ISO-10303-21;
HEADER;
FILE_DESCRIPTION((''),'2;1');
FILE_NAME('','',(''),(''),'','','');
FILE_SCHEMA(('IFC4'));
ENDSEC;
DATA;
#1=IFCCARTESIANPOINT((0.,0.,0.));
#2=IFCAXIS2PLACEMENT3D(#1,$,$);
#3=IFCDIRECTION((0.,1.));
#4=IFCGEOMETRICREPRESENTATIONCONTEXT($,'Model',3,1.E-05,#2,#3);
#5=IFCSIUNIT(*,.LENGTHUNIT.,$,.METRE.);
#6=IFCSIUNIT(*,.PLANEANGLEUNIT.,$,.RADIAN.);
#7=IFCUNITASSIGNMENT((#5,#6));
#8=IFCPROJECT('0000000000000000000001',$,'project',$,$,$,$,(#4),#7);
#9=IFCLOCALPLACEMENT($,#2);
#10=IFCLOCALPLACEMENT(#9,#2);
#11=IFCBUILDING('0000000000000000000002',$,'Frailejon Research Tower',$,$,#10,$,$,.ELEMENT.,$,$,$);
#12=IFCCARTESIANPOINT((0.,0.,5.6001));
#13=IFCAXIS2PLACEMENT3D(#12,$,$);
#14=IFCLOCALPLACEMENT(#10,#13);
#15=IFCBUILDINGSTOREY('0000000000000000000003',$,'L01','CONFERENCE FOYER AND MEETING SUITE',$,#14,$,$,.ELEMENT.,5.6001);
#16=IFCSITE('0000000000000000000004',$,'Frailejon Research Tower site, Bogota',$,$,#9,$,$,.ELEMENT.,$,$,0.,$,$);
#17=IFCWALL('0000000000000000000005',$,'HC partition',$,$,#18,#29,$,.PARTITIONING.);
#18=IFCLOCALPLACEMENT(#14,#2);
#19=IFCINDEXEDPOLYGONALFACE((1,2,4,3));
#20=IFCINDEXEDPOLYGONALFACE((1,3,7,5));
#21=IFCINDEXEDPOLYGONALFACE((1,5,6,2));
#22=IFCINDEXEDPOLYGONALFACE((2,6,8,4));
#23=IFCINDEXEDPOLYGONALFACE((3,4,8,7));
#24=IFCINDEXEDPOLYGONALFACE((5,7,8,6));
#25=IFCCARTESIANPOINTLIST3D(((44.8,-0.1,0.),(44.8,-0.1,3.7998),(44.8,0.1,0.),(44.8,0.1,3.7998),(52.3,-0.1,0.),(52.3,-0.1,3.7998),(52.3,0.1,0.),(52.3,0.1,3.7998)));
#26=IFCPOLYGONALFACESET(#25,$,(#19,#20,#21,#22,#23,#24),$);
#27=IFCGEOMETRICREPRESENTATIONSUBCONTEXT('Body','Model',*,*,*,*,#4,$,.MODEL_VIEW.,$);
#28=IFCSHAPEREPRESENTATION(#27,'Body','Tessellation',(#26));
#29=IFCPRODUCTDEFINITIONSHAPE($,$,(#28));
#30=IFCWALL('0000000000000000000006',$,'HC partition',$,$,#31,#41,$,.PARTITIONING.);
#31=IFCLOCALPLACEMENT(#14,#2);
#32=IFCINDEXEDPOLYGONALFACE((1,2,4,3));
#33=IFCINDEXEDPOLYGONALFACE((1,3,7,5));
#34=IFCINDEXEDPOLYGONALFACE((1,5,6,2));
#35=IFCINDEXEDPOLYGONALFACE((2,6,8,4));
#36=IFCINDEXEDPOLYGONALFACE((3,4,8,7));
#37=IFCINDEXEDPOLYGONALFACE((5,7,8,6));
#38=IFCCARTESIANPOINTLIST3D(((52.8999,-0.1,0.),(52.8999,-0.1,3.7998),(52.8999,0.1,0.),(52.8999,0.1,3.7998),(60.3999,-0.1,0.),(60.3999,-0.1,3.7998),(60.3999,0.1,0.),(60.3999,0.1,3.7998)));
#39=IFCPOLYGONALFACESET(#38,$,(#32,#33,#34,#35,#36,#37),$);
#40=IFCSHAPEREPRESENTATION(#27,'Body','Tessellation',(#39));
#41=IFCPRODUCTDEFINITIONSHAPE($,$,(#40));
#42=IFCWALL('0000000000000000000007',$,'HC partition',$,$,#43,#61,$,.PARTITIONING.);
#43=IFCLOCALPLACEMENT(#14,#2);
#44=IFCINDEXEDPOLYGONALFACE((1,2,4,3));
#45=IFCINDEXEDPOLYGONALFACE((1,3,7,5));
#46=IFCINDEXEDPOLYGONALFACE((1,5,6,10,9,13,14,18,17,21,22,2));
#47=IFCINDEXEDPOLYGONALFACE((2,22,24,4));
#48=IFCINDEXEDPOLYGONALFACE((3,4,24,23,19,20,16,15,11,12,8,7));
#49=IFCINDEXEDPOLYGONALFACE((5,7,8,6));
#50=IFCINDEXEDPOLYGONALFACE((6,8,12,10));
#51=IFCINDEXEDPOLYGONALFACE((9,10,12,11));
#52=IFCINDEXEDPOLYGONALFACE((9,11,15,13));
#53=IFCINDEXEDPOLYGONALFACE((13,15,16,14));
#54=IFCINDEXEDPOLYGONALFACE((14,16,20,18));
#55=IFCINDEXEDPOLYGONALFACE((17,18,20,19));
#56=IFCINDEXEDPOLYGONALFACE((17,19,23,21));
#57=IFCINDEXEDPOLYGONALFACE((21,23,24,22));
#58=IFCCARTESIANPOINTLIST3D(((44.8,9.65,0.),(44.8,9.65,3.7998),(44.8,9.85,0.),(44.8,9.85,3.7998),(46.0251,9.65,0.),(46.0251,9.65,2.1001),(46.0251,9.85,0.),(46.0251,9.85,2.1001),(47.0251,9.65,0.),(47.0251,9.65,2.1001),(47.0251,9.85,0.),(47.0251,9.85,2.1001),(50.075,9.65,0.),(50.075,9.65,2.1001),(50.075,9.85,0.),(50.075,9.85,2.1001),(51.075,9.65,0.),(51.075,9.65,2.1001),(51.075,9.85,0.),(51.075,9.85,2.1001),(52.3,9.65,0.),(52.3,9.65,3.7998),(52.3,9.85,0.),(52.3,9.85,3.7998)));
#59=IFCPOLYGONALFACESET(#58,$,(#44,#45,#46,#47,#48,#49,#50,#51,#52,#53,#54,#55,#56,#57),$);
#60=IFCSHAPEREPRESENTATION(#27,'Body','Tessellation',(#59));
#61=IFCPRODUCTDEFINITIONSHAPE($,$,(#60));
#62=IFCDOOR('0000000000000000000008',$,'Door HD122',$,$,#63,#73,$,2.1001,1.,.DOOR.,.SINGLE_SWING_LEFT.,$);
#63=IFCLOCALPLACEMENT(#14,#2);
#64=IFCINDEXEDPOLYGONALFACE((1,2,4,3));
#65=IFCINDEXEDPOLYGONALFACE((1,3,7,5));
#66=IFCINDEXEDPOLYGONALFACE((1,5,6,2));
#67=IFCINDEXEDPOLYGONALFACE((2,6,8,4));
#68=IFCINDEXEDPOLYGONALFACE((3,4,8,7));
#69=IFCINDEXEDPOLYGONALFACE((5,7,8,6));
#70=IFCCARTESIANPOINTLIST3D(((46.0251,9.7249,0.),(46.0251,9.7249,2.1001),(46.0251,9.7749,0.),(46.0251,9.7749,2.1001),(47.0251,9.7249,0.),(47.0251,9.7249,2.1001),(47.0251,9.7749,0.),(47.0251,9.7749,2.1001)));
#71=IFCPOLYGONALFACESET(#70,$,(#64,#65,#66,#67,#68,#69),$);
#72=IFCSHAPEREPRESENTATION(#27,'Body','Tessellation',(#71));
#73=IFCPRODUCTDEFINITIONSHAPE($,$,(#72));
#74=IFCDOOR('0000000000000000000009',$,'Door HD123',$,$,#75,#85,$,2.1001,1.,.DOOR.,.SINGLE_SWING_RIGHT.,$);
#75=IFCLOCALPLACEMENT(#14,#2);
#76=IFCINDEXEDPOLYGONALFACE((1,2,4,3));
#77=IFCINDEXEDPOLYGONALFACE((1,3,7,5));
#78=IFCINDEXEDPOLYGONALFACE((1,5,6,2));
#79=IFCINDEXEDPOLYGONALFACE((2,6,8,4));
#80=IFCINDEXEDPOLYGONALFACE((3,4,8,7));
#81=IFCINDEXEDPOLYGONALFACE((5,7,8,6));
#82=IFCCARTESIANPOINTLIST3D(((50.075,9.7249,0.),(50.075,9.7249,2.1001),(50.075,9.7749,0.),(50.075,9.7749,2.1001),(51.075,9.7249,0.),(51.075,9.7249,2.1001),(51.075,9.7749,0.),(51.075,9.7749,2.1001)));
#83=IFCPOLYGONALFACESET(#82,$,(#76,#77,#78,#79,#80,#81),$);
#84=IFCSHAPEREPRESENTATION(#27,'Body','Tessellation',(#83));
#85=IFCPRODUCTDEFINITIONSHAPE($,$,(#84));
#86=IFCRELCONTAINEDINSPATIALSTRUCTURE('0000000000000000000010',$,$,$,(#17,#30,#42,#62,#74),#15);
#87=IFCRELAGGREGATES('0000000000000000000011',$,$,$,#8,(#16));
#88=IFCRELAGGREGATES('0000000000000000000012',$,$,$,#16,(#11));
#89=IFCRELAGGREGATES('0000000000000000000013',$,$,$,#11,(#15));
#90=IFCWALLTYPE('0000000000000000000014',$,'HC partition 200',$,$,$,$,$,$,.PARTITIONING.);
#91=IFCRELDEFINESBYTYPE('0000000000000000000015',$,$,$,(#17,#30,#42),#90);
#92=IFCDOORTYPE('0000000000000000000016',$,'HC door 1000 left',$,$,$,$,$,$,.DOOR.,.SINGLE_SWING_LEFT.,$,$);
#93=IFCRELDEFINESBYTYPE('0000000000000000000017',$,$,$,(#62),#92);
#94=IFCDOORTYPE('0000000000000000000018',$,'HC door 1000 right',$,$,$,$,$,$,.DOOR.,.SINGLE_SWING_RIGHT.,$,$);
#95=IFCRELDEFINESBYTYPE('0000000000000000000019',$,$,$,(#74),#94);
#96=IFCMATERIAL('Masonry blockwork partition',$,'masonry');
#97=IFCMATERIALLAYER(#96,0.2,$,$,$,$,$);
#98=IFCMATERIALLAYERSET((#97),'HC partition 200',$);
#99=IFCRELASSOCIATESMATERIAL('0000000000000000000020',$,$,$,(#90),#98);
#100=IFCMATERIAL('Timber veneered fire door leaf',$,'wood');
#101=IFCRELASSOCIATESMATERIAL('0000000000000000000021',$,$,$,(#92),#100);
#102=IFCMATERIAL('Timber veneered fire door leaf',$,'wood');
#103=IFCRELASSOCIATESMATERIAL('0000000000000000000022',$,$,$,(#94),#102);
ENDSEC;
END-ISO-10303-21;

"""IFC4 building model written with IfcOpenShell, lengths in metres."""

from ifc_helpers import new_model, si_unit, direction, frame, frame_2d, origin, place, context, subcontext, project, spatial, rectangle, extrude, material, layer, layer_set, type_object, element, fill, save


model = new_model("IFC4")

# Units and contexts
model_context = context("Model", 3, precision=1e-05, world=origin(), true_north=direction((0.0, 1.0)))
body_context = subcontext(model_context, "Body", "Model", "MODEL_VIEW")
ifc_project = project(units=[si_unit("LENGTHUNIT", "METRE"), si_unit("PLANEANGLEUNIT", "RADIAN")], contexts=[model_context])

# Site, building, storey
site_placement = place(None, origin())
site = spatial("IfcSite", under=ifc_project, at=site_placement, Name="Frailejon Research Tower site, Bogota", CompositionType="ELEMENT", RefElevation=0.0)
building_placement = place(site_placement, origin())
building = spatial("IfcBuilding", under=site, at=building_placement, Name="Frailejon Research Tower", CompositionType="ELEMENT")
storey_placement = place(building_placement, frame((0.0, 0.0, 5.6001)))
storey = spatial("IfcBuildingStorey", under=building, at=storey_placement, Name="L01", Description="CONFERENCE FOYER AND MEETING SUITE", CompositionType="ELEMENT", Elevation=5.6001)

# Walls
ifc_material_1 = material(Name="Masonry blockwork partition", Category="masonry")
ifc_layer = layer(ifc_material_1, 0.2)
ifc_layer_set = layer_set([ifc_layer], Name="HC partition 200")
wall_type = type_object("IfcWallType", Name="HC partition 200", PredefinedType="PARTITIONING", material=ifc_layer_set)
for number, where, z_axis, x_axis, name in (
    (1, (44.8, 0.0, 0.0), (0.0, 0.0, 1.0), (1.0, 0.0, 0.0), "HC partition"),
    (2, (52.8999, 0.0, 0.0), (0.0, 0.0, 1.0), (1.0, 0.0, 0.0), "HC partition"),
):
    element("IfcWall", number, at=place(storey_placement, frame(where, z_axis=z_axis, x_axis=x_axis)), inside=storey, type_object=wall_type, Name=name, PredefinedType="PARTITIONING", context=body_context, shape_type="SweptSolid", body=[
        extrude(rectangle(XDim=7.5, YDim=0.2, at=frame_2d((3.75, 0.0))), origin(), (0.0, 0.0, 1.0), 3.7998),
    ])

# Wall, openings, doors
wall_1_placement = place(storey_placement, frame((44.8, 9.75, 0.0), z_axis=(0.0, 0.0, 1.0), x_axis=(1.0, 0.0, 0.0)))
wall_1 = element("IfcWall", 3, at=wall_1_placement, inside=storey, type_object=wall_type, Name="HC partition", PredefinedType="PARTITIONING", context=body_context, shape_type="SweptSolid", body=[
    extrude(rectangle(XDim=7.5, YDim=0.2, at=frame_2d((3.75, 0.0))), origin(), (0.0, 0.0, 1.0), 3.7998),
])
opening_1_placement = place(wall_1_placement, frame((1.2251, 0.0, 0.0)))
opening_1 = element("IfcOpeningElement", 4, at=opening_1_placement, cuts=wall_1, PredefinedType="OPENING", context=body_context, shape_type="SweptSolid", body=[
    extrude(rectangle(XDim=1.0, YDim=2.1001, at=frame_2d((0.5, 1.05))), frame((0.0, 0.1099, 0.0), z_axis=(0.0, -1.0, 0.0), x_axis=(1.0, 0.0, 0.0)), (0.0, 0.0, 1.0), 0.22),
])
opening_2_placement = place(wall_1_placement, frame((5.2749, 0.0, 0.0)))
opening_2 = element("IfcOpeningElement", 5, at=opening_2_placement, cuts=wall_1, PredefinedType="OPENING", context=body_context, shape_type="SweptSolid", body=[
    extrude(rectangle(XDim=1.0, YDim=2.1001, at=frame_2d((0.5, 1.05))), frame((0.0, 0.1099, 0.0), z_axis=(0.0, -1.0, 0.0), x_axis=(1.0, 0.0, 0.0)), (0.0, 0.0, 1.0), 0.22),
])
ifc_material_2 = material(Name="Timber veneered fire door leaf", Category="wood")
door_type_1 = type_object("IfcDoorType", Name="HC door 1000 left", OperationType="SINGLE_SWING_LEFT", PredefinedType="DOOR", material=ifc_material_2)
door_1_placement = place(opening_1_placement, origin())
door_1 = element("IfcDoor", 6, at=door_1_placement, inside=storey, type_object=door_type_1, Name="Door HD122", OperationType="SINGLE_SWING_LEFT", OverallHeight=2.1001, OverallWidth=1.0, PredefinedType="DOOR", context=body_context, shape_type="SweptSolid", body=[
    extrude(rectangle(XDim=1.0, YDim=2.1001, at=frame_2d((0.5, 1.05))), frame((0.0, 0.0249, 0.0), z_axis=(0.0, -1.0, 0.0), x_axis=(1.0, 0.0, 0.0)), (0.0, 0.0, 1.0), 0.05),
])
fill(opening_1, door_1)
ifc_material_3 = material(Name="Timber veneered fire door leaf", Category="wood")
door_type_2 = type_object("IfcDoorType", Name="HC door 1000 right", OperationType="SINGLE_SWING_RIGHT", PredefinedType="DOOR", material=ifc_material_3)
door_2_placement = place(opening_2_placement, origin())
door_2 = element("IfcDoor", 7, at=door_2_placement, inside=storey, type_object=door_type_2, Name="Door HD123", OperationType="SINGLE_SWING_RIGHT", OverallHeight=2.1001, OverallWidth=1.0, PredefinedType="DOOR", context=body_context, shape_type="SweptSolid", body=[
    extrude(rectangle(XDim=1.0, YDim=2.1001, at=frame_2d((0.5, 1.05))), frame((0.0, 0.0249, 0.0), z_axis=(0.0, -1.0, 0.0), x_axis=(1.0, 0.0, 0.0)), (0.0, 0.0, 1.0), 0.05),
])
fill(opening_2, door_2)

save(model, "model.ifc")
